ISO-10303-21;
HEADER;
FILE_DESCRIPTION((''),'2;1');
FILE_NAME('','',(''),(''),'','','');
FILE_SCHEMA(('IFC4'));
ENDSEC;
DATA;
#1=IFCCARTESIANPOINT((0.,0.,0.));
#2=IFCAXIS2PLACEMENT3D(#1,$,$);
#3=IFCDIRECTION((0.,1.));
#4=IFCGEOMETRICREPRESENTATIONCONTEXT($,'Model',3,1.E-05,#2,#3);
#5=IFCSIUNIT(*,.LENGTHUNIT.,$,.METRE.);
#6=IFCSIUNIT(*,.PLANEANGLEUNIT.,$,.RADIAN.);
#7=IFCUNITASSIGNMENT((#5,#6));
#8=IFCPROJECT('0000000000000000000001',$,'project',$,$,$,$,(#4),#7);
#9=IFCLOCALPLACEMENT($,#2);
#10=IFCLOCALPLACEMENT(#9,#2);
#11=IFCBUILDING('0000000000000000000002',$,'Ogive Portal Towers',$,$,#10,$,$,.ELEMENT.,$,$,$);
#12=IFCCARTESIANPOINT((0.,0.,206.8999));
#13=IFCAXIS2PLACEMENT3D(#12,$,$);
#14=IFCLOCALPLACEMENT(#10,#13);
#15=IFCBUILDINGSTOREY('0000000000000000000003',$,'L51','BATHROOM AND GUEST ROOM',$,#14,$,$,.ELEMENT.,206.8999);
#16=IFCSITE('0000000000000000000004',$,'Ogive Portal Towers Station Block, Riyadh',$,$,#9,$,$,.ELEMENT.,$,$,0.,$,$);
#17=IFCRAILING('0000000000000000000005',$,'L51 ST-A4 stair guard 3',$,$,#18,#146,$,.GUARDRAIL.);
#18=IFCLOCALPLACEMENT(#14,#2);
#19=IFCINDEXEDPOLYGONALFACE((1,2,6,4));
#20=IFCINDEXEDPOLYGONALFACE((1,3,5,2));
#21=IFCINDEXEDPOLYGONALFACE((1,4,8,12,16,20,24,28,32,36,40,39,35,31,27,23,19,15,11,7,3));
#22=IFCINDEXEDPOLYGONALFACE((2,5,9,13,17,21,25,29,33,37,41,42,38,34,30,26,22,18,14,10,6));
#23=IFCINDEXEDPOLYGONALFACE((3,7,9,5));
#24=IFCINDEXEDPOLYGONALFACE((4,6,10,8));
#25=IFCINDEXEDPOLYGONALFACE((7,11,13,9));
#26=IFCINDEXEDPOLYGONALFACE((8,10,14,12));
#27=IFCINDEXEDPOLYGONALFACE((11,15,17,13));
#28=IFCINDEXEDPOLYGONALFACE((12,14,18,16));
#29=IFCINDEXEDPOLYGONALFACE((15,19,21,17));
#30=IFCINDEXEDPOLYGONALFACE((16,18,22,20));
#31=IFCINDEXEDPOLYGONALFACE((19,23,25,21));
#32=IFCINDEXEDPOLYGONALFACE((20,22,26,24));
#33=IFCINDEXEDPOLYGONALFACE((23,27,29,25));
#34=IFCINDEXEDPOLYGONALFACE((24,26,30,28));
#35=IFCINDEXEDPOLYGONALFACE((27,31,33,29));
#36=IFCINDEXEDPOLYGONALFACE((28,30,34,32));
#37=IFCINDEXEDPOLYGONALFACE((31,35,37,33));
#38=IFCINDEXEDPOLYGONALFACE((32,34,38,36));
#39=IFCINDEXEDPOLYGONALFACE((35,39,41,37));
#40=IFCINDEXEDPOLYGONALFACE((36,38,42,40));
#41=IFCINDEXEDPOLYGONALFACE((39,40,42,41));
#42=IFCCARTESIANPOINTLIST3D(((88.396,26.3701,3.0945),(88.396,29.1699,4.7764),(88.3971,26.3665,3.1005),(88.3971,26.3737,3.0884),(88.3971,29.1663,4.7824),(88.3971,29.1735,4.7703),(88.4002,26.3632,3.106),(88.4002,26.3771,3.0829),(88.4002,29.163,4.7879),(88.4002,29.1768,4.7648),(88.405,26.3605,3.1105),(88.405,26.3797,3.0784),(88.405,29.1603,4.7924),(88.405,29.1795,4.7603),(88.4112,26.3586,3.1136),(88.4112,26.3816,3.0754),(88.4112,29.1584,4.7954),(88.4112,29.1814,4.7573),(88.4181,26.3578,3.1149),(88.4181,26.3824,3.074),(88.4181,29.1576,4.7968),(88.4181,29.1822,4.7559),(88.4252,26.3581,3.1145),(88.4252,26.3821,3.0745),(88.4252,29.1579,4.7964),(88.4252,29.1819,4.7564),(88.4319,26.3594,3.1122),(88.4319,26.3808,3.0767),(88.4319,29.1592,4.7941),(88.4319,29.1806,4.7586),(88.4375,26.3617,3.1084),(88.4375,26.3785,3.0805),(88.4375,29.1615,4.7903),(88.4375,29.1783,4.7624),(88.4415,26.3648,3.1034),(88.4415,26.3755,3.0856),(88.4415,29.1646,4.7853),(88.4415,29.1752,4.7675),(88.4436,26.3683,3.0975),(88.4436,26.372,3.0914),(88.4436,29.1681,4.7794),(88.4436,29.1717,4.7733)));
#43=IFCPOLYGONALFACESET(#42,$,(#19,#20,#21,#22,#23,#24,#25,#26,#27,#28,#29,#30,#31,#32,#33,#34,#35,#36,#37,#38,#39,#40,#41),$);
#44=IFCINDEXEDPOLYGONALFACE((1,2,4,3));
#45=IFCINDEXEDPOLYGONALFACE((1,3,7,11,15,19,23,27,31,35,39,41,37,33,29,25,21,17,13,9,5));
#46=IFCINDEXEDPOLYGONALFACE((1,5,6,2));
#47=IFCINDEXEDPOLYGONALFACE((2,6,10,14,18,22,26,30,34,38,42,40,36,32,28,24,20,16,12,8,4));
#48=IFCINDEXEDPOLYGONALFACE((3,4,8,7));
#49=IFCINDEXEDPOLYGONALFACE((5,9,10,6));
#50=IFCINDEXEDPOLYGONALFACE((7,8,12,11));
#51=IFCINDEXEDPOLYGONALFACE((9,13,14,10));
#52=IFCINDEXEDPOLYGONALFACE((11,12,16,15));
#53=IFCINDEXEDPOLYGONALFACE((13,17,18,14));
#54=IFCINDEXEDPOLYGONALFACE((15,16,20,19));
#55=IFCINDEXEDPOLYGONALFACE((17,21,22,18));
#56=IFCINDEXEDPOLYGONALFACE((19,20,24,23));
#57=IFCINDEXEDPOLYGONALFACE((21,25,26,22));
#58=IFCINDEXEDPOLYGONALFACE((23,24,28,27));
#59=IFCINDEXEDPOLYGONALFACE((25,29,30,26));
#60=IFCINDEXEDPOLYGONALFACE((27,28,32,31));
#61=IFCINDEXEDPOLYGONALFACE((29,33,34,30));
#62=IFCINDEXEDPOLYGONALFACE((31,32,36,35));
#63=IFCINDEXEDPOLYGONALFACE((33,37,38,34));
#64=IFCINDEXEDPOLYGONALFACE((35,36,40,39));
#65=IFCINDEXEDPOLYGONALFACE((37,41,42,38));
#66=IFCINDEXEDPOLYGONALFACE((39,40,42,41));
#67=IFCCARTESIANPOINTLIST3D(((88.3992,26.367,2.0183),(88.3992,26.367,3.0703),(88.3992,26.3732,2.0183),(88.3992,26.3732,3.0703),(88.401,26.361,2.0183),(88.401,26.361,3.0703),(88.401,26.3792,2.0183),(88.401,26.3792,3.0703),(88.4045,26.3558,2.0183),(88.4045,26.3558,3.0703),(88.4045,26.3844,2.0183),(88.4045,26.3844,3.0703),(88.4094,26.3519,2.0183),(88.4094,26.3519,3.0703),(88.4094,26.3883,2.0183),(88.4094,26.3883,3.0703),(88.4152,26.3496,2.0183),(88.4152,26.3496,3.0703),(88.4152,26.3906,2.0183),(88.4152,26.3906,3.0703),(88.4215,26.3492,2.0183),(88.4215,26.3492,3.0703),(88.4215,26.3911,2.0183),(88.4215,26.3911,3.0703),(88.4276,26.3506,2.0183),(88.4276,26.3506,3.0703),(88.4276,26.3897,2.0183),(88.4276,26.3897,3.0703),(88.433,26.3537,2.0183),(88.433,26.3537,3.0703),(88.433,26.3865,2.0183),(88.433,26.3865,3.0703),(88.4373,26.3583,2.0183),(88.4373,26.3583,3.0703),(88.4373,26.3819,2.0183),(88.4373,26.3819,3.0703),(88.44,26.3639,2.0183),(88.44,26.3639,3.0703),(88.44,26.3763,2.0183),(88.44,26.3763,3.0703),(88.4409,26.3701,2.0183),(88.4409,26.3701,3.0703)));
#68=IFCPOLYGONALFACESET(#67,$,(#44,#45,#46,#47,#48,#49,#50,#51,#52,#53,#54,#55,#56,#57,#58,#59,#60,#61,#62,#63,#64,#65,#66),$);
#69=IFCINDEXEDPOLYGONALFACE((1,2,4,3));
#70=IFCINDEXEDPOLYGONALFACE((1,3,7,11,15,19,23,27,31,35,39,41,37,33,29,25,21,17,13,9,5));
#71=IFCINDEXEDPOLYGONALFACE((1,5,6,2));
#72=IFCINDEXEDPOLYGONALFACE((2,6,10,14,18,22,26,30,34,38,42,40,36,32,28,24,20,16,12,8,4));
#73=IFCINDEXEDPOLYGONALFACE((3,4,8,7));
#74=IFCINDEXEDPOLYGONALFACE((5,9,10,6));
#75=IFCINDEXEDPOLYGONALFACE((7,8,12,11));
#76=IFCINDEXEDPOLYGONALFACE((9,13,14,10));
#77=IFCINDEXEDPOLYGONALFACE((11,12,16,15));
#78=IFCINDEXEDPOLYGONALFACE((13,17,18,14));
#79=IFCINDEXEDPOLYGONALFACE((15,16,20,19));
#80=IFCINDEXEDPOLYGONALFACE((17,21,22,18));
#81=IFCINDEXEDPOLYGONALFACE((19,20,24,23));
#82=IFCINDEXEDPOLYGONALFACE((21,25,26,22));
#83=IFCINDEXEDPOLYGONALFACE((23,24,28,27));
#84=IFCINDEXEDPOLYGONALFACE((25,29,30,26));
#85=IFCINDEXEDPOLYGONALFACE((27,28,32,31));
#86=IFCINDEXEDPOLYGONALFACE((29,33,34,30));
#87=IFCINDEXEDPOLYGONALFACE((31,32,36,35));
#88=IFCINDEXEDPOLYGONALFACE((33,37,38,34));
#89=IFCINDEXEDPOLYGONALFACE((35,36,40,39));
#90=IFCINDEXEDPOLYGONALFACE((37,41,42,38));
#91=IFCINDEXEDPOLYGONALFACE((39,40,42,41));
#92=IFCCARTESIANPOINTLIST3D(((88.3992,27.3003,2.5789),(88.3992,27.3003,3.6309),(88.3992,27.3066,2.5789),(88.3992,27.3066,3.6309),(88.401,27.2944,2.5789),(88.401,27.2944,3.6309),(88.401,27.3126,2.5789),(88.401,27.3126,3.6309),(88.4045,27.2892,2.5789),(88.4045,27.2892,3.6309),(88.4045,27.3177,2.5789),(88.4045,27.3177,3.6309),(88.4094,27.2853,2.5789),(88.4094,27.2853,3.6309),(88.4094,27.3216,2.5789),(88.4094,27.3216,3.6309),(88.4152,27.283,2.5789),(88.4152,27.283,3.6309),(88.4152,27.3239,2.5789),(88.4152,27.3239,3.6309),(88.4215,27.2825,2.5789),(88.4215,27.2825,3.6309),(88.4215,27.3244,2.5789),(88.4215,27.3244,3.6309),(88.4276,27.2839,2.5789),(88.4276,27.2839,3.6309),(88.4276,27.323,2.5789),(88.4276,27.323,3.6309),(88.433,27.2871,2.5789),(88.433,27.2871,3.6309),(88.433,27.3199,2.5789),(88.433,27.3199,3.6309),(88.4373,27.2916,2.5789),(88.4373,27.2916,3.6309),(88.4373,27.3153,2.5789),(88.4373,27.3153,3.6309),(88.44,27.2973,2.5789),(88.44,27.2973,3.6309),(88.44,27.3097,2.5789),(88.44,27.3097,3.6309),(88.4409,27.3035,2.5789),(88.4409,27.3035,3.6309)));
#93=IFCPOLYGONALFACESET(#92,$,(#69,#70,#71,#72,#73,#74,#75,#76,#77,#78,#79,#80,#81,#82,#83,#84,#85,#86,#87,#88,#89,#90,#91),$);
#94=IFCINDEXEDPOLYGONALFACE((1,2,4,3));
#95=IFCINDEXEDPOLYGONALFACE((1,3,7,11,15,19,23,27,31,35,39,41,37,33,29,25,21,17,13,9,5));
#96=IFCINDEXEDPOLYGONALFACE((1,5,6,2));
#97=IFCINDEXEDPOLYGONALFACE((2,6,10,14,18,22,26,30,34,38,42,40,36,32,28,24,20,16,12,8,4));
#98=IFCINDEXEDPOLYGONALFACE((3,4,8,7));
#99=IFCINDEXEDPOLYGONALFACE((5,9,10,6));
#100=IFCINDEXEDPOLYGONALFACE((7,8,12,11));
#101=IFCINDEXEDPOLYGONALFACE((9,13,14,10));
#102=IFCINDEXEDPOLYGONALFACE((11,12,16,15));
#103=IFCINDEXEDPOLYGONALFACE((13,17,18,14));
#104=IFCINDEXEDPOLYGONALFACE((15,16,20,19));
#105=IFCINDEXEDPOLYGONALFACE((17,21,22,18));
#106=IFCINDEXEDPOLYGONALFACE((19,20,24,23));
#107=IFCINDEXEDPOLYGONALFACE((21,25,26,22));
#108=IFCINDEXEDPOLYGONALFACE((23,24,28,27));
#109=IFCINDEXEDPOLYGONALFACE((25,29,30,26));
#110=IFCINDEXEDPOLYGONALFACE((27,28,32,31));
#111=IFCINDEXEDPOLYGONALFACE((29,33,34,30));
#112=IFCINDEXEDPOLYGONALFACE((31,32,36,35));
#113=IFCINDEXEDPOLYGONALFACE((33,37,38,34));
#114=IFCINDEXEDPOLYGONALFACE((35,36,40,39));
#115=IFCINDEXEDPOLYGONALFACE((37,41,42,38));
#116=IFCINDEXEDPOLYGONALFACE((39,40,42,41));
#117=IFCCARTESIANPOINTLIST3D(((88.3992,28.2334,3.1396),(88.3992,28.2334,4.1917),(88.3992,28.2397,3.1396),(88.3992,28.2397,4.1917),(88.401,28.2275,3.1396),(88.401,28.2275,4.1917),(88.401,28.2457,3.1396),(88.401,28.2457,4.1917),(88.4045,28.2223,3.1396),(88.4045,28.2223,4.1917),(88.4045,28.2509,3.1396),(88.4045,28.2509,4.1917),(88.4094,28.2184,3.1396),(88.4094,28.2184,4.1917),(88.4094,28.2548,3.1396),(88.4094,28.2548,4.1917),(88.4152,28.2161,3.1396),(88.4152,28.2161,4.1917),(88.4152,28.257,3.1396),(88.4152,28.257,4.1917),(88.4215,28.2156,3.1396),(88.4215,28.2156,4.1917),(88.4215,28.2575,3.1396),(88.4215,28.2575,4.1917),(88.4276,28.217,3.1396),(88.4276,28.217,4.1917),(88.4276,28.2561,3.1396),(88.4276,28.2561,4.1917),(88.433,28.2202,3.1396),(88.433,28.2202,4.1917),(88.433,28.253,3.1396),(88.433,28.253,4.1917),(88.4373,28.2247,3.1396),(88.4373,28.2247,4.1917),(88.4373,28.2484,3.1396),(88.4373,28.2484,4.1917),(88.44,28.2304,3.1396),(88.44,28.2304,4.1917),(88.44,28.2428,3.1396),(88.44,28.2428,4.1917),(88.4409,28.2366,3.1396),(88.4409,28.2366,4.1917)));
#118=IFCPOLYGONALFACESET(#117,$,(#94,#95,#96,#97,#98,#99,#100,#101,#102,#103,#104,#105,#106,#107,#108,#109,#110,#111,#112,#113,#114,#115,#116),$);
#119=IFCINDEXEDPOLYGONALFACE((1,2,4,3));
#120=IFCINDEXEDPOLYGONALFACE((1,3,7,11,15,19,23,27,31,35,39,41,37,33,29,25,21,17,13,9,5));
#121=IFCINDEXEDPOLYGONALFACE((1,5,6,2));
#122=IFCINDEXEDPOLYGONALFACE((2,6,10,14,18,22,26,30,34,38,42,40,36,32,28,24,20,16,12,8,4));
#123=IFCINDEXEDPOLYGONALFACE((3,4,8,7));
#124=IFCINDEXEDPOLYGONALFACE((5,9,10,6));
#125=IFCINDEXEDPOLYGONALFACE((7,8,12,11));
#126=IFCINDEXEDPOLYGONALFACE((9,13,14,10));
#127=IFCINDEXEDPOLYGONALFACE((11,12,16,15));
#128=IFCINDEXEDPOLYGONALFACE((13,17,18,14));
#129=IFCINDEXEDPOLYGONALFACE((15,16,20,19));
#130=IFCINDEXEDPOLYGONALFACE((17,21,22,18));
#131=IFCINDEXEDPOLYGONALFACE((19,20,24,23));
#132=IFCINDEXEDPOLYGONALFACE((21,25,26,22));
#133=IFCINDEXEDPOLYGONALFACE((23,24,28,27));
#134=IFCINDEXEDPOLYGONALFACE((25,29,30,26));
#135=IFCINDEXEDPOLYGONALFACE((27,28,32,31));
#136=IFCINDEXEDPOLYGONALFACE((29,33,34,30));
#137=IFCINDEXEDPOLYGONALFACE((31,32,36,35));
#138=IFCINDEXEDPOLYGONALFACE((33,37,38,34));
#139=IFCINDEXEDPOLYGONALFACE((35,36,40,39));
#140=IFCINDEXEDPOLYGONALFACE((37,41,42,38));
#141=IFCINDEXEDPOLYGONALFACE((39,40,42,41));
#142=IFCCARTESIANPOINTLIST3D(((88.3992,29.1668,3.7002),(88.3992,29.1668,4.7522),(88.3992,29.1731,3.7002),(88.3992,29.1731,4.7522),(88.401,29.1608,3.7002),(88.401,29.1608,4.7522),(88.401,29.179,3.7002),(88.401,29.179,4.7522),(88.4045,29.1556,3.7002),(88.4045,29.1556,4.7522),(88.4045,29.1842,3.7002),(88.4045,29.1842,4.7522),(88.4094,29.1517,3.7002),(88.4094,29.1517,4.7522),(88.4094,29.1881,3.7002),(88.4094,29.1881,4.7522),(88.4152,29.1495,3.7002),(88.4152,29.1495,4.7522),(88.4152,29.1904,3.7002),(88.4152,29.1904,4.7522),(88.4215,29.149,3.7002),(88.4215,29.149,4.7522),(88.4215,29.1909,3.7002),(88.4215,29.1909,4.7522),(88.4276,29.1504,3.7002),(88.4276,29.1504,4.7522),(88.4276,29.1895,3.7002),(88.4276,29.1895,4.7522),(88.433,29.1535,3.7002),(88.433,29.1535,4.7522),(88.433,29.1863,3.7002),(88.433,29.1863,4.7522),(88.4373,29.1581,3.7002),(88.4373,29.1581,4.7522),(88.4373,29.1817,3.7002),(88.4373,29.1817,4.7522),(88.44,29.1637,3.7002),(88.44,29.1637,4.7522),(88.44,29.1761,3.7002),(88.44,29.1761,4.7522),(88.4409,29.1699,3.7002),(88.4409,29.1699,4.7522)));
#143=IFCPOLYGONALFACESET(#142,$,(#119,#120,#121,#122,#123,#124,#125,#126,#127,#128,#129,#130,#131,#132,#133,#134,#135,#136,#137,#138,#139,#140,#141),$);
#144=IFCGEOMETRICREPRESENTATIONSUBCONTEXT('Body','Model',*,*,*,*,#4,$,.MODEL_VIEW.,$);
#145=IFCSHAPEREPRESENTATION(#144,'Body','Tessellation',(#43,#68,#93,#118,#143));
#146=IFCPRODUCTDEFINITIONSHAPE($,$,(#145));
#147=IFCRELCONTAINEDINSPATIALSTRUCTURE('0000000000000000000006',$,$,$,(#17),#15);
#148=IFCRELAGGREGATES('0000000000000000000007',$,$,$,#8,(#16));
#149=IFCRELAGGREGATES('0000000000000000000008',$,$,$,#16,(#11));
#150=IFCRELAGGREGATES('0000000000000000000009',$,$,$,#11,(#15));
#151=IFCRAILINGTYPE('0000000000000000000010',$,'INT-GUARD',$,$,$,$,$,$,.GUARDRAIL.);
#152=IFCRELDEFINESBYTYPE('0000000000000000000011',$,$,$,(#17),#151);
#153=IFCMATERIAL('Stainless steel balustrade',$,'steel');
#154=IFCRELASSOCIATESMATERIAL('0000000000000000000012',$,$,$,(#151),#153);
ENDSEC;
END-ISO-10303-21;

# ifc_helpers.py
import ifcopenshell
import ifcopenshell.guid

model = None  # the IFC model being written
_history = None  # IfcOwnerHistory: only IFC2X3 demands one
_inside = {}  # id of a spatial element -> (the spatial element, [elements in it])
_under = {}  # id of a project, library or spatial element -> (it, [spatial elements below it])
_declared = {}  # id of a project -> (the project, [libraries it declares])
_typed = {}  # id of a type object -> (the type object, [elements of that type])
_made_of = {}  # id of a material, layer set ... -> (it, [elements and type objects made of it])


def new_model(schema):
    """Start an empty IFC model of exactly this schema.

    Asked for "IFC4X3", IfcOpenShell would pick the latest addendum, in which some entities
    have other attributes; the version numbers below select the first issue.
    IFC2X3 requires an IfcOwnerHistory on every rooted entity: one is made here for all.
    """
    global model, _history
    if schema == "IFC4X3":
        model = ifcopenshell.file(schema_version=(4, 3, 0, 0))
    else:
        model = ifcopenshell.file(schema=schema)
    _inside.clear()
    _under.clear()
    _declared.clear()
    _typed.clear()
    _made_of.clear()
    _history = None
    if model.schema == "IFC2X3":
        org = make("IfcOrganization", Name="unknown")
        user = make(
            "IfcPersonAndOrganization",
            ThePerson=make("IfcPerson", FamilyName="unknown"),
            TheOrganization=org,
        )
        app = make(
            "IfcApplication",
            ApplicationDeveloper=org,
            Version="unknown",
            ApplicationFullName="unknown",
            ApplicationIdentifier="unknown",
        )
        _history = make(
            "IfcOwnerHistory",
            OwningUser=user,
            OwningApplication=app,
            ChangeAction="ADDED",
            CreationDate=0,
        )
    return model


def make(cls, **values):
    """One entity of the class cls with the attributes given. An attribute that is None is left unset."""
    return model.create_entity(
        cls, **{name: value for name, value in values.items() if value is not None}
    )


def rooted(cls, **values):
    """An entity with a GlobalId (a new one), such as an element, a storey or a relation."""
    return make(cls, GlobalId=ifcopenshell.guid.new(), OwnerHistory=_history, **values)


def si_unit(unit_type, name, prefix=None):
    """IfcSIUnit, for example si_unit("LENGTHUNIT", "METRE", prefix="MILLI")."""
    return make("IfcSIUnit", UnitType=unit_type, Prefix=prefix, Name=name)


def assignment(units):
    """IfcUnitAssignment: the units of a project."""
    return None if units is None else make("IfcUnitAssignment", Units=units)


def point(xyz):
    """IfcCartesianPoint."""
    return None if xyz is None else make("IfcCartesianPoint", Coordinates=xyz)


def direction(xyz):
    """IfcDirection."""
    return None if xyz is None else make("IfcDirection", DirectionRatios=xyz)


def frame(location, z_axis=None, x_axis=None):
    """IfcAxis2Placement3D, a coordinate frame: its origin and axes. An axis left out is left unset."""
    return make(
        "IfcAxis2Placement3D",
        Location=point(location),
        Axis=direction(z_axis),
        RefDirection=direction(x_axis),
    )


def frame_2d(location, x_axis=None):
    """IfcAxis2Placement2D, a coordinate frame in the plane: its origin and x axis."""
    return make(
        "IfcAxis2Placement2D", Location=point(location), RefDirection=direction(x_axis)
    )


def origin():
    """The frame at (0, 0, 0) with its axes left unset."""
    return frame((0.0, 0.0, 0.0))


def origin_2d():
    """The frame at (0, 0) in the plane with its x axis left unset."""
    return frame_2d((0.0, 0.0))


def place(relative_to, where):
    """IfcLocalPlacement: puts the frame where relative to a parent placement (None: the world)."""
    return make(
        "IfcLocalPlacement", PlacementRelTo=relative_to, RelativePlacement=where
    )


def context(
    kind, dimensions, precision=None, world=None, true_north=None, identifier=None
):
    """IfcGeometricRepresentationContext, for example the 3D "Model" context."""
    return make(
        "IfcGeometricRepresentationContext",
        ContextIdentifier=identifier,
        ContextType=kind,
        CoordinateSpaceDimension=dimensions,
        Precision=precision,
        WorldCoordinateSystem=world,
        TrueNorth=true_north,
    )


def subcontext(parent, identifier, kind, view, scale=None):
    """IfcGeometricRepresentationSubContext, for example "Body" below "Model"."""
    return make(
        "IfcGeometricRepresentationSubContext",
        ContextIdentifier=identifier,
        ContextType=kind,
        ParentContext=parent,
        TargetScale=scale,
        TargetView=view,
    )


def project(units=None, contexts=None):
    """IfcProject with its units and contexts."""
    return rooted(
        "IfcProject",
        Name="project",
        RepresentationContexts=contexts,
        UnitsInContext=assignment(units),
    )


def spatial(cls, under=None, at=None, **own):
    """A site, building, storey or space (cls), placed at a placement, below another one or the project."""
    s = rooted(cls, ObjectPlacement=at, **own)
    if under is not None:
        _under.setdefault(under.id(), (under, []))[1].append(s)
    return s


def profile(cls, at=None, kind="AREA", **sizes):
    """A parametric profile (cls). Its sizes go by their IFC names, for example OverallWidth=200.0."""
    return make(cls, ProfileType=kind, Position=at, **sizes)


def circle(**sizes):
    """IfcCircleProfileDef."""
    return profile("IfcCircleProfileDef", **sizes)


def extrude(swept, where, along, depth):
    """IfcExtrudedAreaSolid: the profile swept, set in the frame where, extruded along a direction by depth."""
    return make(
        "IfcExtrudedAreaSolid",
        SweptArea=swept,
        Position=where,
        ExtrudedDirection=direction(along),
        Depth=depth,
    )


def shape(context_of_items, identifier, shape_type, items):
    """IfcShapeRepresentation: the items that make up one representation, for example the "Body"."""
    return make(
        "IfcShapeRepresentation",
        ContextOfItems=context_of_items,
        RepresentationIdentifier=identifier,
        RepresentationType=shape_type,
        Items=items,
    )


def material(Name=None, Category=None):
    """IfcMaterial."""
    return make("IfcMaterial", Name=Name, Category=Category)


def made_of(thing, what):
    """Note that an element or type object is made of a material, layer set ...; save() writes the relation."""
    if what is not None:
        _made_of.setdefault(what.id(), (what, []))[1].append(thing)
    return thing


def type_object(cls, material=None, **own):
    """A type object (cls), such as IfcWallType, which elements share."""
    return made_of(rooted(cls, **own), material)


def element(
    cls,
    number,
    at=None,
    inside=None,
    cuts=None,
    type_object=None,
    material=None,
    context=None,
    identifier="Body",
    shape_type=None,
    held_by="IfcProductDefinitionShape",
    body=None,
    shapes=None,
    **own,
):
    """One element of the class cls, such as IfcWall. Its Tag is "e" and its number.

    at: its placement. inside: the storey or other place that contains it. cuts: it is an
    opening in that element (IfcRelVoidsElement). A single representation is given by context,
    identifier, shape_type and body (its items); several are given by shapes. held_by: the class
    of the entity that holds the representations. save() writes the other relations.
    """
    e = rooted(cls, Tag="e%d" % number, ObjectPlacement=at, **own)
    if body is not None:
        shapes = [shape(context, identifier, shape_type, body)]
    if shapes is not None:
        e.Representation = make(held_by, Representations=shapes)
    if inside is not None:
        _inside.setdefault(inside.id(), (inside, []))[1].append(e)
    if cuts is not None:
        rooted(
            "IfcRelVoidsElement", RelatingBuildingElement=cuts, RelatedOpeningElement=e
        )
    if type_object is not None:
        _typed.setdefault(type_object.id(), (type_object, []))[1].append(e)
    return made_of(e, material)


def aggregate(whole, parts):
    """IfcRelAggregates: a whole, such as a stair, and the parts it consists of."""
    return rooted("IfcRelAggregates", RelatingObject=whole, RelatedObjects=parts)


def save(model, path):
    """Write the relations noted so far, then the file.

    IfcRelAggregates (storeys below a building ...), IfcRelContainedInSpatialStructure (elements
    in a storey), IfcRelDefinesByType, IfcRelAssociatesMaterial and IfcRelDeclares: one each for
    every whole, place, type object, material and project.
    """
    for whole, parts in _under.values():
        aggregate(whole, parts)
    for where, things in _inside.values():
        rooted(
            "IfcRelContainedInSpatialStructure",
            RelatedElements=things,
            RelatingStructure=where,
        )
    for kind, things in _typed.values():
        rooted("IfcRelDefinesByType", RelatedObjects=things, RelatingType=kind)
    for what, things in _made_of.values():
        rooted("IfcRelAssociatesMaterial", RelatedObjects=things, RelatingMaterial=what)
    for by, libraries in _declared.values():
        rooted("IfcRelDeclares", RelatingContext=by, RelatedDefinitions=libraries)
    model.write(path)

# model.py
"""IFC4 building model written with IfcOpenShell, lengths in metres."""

from ifc_helpers import new_model, si_unit, direction, frame, origin, origin_2d, place, context, subcontext, project, spatial, circle, extrude, material, type_object, element, save


model = new_model("IFC4")

# Units and contexts
model_context = context("Model", 3, precision=1e-05, world=origin(), true_north=direction((0.0, 1.0)))
body_context = subcontext(model_context, "Body", "Model", "MODEL_VIEW")
ifc_project = project(units=[si_unit("LENGTHUNIT", "METRE"), si_unit("PLANEANGLEUNIT", "RADIAN")], contexts=[model_context])

# Site, building, storey
site_placement = place(None, origin())
site = spatial("IfcSite", under=ifc_project, at=site_placement, Name="Ogive Portal Towers Station Block, Riyadh", CompositionType="ELEMENT", RefElevation=0.0)
building_placement = place(site_placement, origin())
building = spatial("IfcBuilding", under=site, at=building_placement, Name="Ogive Portal Towers", CompositionType="ELEMENT")
storey_placement = place(building_placement, frame((0.0, 0.0, 206.8999)))
storey = spatial("IfcBuildingStorey", under=building, at=storey_placement, Name="L51", Description="BATHROOM AND GUEST ROOM", CompositionType="ELEMENT", Elevation=206.8999)

# Railing
ifc_material_1 = material(Name="Stainless steel balustrade", Category="steel")
railing_type_1 = type_object("IfcRailingType", Name="INT-GUARD", PredefinedType="GUARDRAIL", material=ifc_material_1)
railing_1_placement = place(storey_placement, frame((88.4199, 26.3701, 2.0183)))
element("IfcRailing", 1, at=railing_1_placement, inside=storey, type_object=railing_type_1, Name="L51 ST-A4 stair guard 3", PredefinedType="GUARDRAIL", context=body_context, shape_type="SweptSolid", body=[
    extrude(circle(Radius=0.0239, at=origin_2d()), frame((0.0, 0.0, 1.0762), z_axis=(0.0, 0.857222, 0.514946), x_axis=(-1.0, 0.0, 0.0)), (0.0, 0.0, 1.0), 3.2661),
    extrude(circle(Radius=0.021, at=origin_2d()), origin(), (0.0, 0.0, 1.0), 1.052),
    extrude(circle(Radius=0.021, at=origin_2d()), frame((0.0, 0.9333, 0.5605)), (0.0, 0.0, 1.0), 1.052),
    extrude(circle(Radius=0.021, at=origin_2d()), frame((0.0, 1.8665, 1.1213)), (0.0, 0.0, 1.0), 1.052),
    extrude(circle(Radius=0.021, at=origin_2d()), frame((0.0, 2.7998, 1.6819)), (0.0, 0.0, 1.0), 1.052),
])

save(model, "model.ifc")
